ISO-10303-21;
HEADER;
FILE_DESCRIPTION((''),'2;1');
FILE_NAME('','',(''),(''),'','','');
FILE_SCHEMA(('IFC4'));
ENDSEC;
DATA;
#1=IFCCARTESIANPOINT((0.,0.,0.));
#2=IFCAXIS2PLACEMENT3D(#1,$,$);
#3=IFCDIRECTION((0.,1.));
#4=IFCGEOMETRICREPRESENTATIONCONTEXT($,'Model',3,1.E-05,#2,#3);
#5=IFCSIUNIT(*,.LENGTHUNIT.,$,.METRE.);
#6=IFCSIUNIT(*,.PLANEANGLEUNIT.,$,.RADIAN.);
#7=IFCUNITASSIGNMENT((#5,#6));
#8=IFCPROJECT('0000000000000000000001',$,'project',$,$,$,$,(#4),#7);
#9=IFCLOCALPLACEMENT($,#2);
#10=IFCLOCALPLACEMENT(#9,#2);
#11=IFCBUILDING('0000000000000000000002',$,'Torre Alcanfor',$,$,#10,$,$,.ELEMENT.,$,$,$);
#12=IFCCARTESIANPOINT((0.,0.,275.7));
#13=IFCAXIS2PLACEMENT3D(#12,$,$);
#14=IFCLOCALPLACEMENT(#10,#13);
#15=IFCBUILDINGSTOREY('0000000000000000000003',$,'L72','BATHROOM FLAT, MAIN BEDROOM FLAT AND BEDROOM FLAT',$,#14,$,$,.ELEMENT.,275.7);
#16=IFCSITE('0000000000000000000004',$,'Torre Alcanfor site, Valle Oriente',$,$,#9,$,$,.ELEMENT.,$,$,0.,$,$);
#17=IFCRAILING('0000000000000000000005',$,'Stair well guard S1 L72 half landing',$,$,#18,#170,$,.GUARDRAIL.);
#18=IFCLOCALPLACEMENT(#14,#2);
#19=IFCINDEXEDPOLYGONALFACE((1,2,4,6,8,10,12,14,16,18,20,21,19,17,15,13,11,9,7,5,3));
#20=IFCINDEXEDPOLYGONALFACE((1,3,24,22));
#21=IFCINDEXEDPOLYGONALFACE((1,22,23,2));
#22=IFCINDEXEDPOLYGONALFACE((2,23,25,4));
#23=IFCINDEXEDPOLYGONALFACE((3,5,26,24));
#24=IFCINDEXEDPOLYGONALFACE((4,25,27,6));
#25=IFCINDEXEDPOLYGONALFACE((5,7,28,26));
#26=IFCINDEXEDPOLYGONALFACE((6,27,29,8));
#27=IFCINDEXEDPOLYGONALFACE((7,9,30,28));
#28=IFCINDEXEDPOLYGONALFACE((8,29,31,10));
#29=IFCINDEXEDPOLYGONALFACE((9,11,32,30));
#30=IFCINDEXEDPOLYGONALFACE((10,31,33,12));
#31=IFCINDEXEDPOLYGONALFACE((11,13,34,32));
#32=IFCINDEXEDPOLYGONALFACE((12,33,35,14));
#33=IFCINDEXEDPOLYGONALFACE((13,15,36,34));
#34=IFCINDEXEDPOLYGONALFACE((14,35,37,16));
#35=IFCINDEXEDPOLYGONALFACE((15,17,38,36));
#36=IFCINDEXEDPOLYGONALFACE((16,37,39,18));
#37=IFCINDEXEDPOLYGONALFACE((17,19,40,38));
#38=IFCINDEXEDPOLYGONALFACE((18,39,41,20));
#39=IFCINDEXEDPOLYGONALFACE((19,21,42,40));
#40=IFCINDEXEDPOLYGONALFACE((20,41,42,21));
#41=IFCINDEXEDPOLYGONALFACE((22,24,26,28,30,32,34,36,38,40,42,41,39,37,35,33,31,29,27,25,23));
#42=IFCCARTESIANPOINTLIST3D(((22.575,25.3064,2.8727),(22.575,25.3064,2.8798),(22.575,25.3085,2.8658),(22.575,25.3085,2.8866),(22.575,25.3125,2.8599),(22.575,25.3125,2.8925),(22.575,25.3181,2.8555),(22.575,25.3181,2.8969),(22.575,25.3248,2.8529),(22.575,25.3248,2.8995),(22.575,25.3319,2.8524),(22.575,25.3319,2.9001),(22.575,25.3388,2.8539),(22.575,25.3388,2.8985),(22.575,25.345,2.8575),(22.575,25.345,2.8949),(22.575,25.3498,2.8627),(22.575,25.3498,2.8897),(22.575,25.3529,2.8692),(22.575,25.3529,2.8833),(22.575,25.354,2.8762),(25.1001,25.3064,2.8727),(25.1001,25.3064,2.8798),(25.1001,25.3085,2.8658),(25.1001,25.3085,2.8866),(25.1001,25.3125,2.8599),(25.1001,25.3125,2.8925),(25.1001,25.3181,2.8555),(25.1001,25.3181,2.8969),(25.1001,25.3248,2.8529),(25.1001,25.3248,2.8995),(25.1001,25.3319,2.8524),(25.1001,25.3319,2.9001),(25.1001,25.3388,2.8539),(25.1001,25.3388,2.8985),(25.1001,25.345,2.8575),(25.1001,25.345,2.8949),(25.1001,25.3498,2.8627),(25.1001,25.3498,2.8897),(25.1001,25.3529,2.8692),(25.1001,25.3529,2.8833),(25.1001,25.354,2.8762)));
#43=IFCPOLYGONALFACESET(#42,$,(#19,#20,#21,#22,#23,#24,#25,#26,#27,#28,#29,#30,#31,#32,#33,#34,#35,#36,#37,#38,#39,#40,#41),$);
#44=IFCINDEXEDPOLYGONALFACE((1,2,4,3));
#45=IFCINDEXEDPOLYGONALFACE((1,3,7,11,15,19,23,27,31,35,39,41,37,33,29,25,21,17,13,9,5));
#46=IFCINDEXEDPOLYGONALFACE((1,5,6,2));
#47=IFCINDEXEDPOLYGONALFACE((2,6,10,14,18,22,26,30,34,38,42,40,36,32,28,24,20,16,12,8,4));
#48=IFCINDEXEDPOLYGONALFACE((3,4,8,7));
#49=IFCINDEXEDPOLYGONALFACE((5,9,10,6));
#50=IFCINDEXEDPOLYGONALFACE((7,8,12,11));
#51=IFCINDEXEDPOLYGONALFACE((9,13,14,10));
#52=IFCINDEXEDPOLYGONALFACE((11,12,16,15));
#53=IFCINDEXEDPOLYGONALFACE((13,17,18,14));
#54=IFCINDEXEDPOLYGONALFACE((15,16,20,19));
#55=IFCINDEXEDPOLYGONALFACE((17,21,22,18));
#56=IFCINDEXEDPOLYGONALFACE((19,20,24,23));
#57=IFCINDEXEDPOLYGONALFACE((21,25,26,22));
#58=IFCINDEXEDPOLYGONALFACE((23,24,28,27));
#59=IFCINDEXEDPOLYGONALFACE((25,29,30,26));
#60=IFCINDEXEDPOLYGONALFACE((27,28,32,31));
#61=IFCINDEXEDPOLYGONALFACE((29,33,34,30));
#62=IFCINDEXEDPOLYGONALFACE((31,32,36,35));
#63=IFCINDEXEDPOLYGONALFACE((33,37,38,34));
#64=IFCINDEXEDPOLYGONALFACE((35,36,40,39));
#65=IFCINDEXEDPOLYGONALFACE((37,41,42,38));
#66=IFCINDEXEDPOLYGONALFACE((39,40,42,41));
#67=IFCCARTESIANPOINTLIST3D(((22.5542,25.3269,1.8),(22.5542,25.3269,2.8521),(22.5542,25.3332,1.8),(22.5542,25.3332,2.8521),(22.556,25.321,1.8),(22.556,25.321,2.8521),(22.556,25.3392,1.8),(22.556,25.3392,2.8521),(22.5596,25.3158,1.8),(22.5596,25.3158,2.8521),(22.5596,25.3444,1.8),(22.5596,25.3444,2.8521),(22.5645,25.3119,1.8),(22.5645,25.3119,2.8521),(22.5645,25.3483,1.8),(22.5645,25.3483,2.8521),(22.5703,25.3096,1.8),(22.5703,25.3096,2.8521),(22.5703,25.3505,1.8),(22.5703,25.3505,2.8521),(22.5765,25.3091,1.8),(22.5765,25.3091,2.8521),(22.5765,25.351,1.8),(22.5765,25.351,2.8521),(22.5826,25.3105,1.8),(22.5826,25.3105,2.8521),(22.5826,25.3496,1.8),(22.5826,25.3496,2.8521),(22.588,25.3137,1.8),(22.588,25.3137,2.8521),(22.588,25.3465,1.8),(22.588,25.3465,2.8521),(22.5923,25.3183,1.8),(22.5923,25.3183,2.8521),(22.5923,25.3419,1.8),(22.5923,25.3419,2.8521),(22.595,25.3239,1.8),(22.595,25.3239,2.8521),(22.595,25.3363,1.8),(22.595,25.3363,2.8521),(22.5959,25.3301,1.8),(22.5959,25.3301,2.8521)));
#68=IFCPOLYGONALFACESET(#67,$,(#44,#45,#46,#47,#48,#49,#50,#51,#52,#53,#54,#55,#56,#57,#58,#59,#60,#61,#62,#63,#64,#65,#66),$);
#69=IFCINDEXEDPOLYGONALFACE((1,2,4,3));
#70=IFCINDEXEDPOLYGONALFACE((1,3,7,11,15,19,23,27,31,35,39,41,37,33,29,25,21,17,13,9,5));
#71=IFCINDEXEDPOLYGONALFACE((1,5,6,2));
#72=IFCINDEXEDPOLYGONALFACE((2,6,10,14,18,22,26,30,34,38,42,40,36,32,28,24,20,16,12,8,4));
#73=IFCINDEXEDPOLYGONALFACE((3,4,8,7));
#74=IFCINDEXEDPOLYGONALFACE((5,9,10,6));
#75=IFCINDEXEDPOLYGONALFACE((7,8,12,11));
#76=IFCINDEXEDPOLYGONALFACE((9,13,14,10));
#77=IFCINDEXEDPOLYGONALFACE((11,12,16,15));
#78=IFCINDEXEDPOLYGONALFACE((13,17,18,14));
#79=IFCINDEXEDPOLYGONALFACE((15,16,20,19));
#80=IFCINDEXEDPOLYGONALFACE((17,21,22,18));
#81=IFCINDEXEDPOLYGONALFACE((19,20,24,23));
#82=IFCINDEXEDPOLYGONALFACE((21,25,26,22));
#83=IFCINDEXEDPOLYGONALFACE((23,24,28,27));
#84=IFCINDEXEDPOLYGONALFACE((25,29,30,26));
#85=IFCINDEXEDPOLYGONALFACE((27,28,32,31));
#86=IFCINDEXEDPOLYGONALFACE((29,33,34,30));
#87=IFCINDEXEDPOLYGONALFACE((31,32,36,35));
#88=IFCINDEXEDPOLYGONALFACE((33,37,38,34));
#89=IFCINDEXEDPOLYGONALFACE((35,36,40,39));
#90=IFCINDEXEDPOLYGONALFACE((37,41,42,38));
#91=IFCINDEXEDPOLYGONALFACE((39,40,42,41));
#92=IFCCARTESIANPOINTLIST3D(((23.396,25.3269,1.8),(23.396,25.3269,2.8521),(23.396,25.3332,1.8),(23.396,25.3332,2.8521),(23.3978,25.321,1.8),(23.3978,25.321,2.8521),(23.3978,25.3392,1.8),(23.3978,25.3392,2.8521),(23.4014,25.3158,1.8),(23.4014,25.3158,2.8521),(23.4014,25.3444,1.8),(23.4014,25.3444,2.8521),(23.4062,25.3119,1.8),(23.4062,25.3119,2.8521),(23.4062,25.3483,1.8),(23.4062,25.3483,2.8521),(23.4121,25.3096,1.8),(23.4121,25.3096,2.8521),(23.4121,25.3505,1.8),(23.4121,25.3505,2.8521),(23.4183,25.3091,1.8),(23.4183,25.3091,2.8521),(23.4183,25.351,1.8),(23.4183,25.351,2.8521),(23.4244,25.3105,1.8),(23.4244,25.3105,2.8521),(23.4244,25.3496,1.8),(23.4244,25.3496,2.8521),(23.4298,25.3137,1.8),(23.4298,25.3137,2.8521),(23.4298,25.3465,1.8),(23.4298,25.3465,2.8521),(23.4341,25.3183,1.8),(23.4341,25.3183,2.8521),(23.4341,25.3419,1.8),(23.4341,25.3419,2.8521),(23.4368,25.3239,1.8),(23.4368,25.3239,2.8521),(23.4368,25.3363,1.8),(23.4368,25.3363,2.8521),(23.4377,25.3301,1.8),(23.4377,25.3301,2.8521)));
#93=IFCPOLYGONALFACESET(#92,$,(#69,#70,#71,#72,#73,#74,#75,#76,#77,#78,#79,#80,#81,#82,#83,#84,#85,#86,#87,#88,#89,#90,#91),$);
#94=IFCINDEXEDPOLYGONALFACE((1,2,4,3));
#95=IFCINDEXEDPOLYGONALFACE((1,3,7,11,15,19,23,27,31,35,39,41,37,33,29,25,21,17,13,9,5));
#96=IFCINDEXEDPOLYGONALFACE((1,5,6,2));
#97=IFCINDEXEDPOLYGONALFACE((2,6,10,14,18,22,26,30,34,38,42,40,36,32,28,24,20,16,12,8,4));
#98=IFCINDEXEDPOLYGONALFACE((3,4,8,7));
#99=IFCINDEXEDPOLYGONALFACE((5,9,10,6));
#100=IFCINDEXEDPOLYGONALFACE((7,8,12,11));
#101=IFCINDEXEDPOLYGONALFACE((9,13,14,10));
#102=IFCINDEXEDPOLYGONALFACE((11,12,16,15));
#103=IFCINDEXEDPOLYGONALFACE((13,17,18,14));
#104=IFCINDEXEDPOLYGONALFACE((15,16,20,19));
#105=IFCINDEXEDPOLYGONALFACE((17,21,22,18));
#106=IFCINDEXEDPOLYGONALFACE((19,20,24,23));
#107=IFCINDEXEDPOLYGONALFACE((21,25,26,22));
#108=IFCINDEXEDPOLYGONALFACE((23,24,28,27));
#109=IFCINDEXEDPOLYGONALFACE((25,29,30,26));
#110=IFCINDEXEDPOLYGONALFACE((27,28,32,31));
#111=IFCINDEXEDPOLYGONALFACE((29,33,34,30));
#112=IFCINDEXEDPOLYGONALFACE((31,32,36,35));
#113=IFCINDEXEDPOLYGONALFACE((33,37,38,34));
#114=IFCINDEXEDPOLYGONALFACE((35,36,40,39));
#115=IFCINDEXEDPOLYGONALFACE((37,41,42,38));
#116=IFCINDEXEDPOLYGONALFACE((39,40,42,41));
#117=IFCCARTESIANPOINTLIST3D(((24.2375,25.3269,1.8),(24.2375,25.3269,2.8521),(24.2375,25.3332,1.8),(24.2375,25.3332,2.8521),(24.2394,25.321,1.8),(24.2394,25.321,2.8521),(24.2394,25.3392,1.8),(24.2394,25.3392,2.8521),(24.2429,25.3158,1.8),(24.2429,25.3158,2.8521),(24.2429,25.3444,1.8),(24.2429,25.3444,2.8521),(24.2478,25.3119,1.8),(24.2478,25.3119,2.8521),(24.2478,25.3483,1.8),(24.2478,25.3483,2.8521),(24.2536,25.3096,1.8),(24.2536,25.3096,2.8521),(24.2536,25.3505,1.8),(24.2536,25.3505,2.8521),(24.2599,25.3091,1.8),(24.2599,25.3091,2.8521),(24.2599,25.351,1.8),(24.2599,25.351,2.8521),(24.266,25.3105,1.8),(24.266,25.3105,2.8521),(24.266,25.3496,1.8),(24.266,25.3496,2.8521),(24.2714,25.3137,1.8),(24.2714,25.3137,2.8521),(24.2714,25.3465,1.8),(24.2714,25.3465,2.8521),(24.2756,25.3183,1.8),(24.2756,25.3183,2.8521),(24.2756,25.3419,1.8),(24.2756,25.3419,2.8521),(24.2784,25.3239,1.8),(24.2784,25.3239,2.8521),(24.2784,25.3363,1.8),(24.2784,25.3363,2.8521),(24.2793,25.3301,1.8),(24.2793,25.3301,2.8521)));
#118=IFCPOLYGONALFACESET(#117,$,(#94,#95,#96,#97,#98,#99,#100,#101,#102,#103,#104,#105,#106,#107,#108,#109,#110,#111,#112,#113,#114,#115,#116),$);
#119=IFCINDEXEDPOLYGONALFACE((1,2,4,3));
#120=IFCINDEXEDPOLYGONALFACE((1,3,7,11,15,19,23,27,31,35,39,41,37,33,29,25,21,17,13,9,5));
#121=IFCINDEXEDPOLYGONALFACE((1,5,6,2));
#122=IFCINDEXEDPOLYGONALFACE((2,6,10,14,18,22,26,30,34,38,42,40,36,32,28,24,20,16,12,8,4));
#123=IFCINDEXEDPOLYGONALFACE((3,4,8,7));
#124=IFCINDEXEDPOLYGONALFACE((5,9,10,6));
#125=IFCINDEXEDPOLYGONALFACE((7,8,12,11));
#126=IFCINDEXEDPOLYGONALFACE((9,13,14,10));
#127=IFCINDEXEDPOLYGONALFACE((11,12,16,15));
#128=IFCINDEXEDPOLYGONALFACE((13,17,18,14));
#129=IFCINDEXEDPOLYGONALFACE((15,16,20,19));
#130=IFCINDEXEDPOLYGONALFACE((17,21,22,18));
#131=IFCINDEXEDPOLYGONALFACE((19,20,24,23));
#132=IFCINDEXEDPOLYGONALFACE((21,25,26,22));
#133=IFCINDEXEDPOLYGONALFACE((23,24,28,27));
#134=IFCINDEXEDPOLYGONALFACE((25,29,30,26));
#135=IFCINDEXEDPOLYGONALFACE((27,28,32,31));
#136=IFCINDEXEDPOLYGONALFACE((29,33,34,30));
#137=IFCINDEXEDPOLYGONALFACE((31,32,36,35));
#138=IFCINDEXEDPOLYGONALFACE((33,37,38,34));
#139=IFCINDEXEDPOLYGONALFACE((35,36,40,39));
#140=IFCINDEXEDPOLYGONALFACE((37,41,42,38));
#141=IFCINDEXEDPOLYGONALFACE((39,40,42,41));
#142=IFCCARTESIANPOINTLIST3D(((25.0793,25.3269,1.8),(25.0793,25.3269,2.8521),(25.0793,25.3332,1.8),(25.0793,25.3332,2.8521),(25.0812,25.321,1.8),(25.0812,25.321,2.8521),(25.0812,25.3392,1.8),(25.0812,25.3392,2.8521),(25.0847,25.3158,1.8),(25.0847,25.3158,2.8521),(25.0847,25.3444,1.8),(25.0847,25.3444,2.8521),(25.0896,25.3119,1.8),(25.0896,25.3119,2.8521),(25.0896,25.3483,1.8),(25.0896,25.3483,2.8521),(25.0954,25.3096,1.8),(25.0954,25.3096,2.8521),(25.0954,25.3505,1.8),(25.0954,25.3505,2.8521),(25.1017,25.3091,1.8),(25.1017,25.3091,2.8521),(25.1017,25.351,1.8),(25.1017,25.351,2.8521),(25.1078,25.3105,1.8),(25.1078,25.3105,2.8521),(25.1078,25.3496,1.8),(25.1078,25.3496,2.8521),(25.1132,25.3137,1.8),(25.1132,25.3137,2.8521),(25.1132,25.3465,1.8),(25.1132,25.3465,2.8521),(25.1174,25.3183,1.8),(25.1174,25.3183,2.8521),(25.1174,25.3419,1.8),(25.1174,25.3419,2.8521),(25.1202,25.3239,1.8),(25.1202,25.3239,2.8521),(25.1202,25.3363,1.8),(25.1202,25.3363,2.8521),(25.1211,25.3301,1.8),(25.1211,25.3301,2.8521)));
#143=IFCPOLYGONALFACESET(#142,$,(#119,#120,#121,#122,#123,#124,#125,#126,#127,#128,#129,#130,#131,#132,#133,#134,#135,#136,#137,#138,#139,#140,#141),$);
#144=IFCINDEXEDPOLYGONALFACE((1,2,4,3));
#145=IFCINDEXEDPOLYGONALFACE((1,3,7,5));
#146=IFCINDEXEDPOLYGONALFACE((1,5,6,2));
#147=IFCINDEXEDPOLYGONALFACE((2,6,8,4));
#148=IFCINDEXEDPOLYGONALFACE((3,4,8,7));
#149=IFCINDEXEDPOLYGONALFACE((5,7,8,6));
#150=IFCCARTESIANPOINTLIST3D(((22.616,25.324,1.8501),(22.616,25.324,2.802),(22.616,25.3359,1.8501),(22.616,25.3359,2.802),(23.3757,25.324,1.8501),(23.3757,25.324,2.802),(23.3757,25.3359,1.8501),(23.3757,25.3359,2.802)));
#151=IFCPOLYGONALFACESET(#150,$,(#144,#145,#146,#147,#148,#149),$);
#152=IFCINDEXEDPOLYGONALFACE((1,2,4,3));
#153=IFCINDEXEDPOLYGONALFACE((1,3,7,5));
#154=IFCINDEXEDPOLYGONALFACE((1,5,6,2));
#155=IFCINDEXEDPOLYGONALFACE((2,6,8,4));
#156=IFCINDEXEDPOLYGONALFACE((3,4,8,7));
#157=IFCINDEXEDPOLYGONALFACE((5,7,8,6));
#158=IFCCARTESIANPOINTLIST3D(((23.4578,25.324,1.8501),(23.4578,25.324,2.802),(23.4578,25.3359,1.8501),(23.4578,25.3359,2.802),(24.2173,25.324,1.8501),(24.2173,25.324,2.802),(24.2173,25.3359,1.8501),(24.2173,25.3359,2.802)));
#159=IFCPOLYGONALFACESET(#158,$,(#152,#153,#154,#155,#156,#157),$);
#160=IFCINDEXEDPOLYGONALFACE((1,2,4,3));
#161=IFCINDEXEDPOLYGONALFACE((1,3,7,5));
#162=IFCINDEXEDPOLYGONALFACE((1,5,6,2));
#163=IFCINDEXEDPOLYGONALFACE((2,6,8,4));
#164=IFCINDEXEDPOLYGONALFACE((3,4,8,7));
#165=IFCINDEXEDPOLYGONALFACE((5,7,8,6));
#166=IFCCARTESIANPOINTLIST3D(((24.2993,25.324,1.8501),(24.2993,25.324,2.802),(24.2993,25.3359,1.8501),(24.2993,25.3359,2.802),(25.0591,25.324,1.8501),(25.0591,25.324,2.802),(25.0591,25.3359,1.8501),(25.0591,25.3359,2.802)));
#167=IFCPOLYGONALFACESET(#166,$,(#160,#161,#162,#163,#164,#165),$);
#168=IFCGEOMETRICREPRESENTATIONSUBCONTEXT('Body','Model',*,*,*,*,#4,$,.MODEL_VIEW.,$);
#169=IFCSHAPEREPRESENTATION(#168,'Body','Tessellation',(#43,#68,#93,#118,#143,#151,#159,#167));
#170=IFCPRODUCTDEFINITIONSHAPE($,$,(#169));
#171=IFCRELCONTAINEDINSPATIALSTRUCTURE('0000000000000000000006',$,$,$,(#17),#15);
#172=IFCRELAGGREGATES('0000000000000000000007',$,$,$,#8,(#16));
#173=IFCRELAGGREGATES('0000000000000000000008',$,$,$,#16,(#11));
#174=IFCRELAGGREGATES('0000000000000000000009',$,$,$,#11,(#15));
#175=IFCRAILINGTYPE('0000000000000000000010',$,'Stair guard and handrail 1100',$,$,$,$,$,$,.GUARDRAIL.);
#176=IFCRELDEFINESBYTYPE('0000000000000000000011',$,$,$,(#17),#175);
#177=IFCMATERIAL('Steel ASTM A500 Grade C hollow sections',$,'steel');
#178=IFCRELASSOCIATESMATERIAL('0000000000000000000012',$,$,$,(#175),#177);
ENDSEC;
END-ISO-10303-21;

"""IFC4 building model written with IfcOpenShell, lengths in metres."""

from ifc_helpers import new_model, si_unit, direction, frame, origin, origin_2d, place, context, subcontext, project, spatial, polyline, circle, outline, extrude, material, type_object, element, save


model = new_model("IFC4")

# Units and contexts
model_context = context("Model", 3, precision=1e-05, world=origin(), true_north=direction((0.0, 1.0)))
body_context = subcontext(model_context, "Body", "Model", "MODEL_VIEW")
ifc_project = project(units=[si_unit("LENGTHUNIT", "METRE"), si_unit("PLANEANGLEUNIT", "RADIAN")], contexts=[model_context])

# Site, building, storey
site_placement = place(None, origin())
site = spatial("IfcSite", under=ifc_project, at=site_placement, Name="Torre Alcanfor site, Valle Oriente", CompositionType="ELEMENT", RefElevation=0.0)
building_placement = place(site_placement, origin())
building = spatial("IfcBuilding", under=site, at=building_placement, Name="Torre Alcanfor", CompositionType="ELEMENT")
storey_placement = place(building_placement, frame((0.0, 0.0, 275.7)))
storey = spatial("IfcBuildingStorey", under=building, at=storey_placement, Name="L72", Description="BATHROOM FLAT, MAIN BEDROOM FLAT AND BEDROOM FLAT", CompositionType="ELEMENT", Elevation=275.7)

# Railing
ifc_material_1 = material(Name="Steel ASTM A500 Grade C hollow sections", Category="steel")
railing_type_1 = type_object("IfcRailingType", Name="Stair guard and handrail 1100", PredefinedType="GUARDRAIL", material=ifc_material_1)
for number, where, name in (
    (1, (22.575, 25.3301, 1.8), "Stair well guard S1 L72 half landing"),
):
    element("IfcRailing", number, at=place(storey_placement, frame(where)), inside=storey, type_object=railing_type_1, Name=name, PredefinedType="GUARDRAIL", context=body_context, shape_type="SweptSolid", body=[
        extrude(circle(Radius=0.0239, at=origin_2d()), frame((0.0, 0.0, 1.0762), z_axis=(1.0, 0.0, 0.0), x_axis=(0.0, 1.0, 0.0)), (0.0, 0.0, 1.0), 2.5251),
        extrude(circle(Radius=0.021, at=origin_2d()), origin(), (0.0, 0.0, 1.0), 1.052),
        extrude(circle(Radius=0.021, at=origin_2d()), frame((0.8418, 0.0, 0.0)), (0.0, 0.0, 1.0), 1.052),
        extrude(circle(Radius=0.021, at=origin_2d()), frame((1.6833, 0.0, 0.0)), (0.0, 0.0, 1.0), 1.052),
        extrude(circle(Radius=0.021, at=origin_2d()), frame((2.5251, 0.0, 0.0)), (0.0, 0.0, 1.0), 1.052),
        extrude(outline(polyline([(0.041, 0.05), (0.8008, 0.05), (0.8008, 1.002), (0.041, 1.002), (0.041, 0.05)])), frame((0.0, 0.0059, 0.0), z_axis=(0.0, -1.0, 0.0), x_axis=(1.0, 0.0, 0.0)), (0.0, 0.0, 1.0), 0.012),
        extrude(outline(polyline([(0.8828, 0.05), (1.6423, 0.05), (1.6423, 1.002), (0.8828, 1.002), (0.8828, 0.05)])), frame((0.0, 0.0059, 0.0), z_axis=(0.0, -1.0, 0.0), x_axis=(1.0, 0.0, 0.0)), (0.0, 0.0, 1.0), 0.012),
        extrude(outline(polyline([(1.7244, 0.05), (2.4841, 0.05), (2.4841, 1.002), (1.7244, 1.002), (1.7244, 0.05)])), frame((0.0, 0.0059, 0.0), z_axis=(0.0, -1.0, 0.0), x_axis=(1.0, 0.0, 0.0)), (0.0, 0.0, 1.0), 0.012),
    ])

save(model, "model.ifc")
